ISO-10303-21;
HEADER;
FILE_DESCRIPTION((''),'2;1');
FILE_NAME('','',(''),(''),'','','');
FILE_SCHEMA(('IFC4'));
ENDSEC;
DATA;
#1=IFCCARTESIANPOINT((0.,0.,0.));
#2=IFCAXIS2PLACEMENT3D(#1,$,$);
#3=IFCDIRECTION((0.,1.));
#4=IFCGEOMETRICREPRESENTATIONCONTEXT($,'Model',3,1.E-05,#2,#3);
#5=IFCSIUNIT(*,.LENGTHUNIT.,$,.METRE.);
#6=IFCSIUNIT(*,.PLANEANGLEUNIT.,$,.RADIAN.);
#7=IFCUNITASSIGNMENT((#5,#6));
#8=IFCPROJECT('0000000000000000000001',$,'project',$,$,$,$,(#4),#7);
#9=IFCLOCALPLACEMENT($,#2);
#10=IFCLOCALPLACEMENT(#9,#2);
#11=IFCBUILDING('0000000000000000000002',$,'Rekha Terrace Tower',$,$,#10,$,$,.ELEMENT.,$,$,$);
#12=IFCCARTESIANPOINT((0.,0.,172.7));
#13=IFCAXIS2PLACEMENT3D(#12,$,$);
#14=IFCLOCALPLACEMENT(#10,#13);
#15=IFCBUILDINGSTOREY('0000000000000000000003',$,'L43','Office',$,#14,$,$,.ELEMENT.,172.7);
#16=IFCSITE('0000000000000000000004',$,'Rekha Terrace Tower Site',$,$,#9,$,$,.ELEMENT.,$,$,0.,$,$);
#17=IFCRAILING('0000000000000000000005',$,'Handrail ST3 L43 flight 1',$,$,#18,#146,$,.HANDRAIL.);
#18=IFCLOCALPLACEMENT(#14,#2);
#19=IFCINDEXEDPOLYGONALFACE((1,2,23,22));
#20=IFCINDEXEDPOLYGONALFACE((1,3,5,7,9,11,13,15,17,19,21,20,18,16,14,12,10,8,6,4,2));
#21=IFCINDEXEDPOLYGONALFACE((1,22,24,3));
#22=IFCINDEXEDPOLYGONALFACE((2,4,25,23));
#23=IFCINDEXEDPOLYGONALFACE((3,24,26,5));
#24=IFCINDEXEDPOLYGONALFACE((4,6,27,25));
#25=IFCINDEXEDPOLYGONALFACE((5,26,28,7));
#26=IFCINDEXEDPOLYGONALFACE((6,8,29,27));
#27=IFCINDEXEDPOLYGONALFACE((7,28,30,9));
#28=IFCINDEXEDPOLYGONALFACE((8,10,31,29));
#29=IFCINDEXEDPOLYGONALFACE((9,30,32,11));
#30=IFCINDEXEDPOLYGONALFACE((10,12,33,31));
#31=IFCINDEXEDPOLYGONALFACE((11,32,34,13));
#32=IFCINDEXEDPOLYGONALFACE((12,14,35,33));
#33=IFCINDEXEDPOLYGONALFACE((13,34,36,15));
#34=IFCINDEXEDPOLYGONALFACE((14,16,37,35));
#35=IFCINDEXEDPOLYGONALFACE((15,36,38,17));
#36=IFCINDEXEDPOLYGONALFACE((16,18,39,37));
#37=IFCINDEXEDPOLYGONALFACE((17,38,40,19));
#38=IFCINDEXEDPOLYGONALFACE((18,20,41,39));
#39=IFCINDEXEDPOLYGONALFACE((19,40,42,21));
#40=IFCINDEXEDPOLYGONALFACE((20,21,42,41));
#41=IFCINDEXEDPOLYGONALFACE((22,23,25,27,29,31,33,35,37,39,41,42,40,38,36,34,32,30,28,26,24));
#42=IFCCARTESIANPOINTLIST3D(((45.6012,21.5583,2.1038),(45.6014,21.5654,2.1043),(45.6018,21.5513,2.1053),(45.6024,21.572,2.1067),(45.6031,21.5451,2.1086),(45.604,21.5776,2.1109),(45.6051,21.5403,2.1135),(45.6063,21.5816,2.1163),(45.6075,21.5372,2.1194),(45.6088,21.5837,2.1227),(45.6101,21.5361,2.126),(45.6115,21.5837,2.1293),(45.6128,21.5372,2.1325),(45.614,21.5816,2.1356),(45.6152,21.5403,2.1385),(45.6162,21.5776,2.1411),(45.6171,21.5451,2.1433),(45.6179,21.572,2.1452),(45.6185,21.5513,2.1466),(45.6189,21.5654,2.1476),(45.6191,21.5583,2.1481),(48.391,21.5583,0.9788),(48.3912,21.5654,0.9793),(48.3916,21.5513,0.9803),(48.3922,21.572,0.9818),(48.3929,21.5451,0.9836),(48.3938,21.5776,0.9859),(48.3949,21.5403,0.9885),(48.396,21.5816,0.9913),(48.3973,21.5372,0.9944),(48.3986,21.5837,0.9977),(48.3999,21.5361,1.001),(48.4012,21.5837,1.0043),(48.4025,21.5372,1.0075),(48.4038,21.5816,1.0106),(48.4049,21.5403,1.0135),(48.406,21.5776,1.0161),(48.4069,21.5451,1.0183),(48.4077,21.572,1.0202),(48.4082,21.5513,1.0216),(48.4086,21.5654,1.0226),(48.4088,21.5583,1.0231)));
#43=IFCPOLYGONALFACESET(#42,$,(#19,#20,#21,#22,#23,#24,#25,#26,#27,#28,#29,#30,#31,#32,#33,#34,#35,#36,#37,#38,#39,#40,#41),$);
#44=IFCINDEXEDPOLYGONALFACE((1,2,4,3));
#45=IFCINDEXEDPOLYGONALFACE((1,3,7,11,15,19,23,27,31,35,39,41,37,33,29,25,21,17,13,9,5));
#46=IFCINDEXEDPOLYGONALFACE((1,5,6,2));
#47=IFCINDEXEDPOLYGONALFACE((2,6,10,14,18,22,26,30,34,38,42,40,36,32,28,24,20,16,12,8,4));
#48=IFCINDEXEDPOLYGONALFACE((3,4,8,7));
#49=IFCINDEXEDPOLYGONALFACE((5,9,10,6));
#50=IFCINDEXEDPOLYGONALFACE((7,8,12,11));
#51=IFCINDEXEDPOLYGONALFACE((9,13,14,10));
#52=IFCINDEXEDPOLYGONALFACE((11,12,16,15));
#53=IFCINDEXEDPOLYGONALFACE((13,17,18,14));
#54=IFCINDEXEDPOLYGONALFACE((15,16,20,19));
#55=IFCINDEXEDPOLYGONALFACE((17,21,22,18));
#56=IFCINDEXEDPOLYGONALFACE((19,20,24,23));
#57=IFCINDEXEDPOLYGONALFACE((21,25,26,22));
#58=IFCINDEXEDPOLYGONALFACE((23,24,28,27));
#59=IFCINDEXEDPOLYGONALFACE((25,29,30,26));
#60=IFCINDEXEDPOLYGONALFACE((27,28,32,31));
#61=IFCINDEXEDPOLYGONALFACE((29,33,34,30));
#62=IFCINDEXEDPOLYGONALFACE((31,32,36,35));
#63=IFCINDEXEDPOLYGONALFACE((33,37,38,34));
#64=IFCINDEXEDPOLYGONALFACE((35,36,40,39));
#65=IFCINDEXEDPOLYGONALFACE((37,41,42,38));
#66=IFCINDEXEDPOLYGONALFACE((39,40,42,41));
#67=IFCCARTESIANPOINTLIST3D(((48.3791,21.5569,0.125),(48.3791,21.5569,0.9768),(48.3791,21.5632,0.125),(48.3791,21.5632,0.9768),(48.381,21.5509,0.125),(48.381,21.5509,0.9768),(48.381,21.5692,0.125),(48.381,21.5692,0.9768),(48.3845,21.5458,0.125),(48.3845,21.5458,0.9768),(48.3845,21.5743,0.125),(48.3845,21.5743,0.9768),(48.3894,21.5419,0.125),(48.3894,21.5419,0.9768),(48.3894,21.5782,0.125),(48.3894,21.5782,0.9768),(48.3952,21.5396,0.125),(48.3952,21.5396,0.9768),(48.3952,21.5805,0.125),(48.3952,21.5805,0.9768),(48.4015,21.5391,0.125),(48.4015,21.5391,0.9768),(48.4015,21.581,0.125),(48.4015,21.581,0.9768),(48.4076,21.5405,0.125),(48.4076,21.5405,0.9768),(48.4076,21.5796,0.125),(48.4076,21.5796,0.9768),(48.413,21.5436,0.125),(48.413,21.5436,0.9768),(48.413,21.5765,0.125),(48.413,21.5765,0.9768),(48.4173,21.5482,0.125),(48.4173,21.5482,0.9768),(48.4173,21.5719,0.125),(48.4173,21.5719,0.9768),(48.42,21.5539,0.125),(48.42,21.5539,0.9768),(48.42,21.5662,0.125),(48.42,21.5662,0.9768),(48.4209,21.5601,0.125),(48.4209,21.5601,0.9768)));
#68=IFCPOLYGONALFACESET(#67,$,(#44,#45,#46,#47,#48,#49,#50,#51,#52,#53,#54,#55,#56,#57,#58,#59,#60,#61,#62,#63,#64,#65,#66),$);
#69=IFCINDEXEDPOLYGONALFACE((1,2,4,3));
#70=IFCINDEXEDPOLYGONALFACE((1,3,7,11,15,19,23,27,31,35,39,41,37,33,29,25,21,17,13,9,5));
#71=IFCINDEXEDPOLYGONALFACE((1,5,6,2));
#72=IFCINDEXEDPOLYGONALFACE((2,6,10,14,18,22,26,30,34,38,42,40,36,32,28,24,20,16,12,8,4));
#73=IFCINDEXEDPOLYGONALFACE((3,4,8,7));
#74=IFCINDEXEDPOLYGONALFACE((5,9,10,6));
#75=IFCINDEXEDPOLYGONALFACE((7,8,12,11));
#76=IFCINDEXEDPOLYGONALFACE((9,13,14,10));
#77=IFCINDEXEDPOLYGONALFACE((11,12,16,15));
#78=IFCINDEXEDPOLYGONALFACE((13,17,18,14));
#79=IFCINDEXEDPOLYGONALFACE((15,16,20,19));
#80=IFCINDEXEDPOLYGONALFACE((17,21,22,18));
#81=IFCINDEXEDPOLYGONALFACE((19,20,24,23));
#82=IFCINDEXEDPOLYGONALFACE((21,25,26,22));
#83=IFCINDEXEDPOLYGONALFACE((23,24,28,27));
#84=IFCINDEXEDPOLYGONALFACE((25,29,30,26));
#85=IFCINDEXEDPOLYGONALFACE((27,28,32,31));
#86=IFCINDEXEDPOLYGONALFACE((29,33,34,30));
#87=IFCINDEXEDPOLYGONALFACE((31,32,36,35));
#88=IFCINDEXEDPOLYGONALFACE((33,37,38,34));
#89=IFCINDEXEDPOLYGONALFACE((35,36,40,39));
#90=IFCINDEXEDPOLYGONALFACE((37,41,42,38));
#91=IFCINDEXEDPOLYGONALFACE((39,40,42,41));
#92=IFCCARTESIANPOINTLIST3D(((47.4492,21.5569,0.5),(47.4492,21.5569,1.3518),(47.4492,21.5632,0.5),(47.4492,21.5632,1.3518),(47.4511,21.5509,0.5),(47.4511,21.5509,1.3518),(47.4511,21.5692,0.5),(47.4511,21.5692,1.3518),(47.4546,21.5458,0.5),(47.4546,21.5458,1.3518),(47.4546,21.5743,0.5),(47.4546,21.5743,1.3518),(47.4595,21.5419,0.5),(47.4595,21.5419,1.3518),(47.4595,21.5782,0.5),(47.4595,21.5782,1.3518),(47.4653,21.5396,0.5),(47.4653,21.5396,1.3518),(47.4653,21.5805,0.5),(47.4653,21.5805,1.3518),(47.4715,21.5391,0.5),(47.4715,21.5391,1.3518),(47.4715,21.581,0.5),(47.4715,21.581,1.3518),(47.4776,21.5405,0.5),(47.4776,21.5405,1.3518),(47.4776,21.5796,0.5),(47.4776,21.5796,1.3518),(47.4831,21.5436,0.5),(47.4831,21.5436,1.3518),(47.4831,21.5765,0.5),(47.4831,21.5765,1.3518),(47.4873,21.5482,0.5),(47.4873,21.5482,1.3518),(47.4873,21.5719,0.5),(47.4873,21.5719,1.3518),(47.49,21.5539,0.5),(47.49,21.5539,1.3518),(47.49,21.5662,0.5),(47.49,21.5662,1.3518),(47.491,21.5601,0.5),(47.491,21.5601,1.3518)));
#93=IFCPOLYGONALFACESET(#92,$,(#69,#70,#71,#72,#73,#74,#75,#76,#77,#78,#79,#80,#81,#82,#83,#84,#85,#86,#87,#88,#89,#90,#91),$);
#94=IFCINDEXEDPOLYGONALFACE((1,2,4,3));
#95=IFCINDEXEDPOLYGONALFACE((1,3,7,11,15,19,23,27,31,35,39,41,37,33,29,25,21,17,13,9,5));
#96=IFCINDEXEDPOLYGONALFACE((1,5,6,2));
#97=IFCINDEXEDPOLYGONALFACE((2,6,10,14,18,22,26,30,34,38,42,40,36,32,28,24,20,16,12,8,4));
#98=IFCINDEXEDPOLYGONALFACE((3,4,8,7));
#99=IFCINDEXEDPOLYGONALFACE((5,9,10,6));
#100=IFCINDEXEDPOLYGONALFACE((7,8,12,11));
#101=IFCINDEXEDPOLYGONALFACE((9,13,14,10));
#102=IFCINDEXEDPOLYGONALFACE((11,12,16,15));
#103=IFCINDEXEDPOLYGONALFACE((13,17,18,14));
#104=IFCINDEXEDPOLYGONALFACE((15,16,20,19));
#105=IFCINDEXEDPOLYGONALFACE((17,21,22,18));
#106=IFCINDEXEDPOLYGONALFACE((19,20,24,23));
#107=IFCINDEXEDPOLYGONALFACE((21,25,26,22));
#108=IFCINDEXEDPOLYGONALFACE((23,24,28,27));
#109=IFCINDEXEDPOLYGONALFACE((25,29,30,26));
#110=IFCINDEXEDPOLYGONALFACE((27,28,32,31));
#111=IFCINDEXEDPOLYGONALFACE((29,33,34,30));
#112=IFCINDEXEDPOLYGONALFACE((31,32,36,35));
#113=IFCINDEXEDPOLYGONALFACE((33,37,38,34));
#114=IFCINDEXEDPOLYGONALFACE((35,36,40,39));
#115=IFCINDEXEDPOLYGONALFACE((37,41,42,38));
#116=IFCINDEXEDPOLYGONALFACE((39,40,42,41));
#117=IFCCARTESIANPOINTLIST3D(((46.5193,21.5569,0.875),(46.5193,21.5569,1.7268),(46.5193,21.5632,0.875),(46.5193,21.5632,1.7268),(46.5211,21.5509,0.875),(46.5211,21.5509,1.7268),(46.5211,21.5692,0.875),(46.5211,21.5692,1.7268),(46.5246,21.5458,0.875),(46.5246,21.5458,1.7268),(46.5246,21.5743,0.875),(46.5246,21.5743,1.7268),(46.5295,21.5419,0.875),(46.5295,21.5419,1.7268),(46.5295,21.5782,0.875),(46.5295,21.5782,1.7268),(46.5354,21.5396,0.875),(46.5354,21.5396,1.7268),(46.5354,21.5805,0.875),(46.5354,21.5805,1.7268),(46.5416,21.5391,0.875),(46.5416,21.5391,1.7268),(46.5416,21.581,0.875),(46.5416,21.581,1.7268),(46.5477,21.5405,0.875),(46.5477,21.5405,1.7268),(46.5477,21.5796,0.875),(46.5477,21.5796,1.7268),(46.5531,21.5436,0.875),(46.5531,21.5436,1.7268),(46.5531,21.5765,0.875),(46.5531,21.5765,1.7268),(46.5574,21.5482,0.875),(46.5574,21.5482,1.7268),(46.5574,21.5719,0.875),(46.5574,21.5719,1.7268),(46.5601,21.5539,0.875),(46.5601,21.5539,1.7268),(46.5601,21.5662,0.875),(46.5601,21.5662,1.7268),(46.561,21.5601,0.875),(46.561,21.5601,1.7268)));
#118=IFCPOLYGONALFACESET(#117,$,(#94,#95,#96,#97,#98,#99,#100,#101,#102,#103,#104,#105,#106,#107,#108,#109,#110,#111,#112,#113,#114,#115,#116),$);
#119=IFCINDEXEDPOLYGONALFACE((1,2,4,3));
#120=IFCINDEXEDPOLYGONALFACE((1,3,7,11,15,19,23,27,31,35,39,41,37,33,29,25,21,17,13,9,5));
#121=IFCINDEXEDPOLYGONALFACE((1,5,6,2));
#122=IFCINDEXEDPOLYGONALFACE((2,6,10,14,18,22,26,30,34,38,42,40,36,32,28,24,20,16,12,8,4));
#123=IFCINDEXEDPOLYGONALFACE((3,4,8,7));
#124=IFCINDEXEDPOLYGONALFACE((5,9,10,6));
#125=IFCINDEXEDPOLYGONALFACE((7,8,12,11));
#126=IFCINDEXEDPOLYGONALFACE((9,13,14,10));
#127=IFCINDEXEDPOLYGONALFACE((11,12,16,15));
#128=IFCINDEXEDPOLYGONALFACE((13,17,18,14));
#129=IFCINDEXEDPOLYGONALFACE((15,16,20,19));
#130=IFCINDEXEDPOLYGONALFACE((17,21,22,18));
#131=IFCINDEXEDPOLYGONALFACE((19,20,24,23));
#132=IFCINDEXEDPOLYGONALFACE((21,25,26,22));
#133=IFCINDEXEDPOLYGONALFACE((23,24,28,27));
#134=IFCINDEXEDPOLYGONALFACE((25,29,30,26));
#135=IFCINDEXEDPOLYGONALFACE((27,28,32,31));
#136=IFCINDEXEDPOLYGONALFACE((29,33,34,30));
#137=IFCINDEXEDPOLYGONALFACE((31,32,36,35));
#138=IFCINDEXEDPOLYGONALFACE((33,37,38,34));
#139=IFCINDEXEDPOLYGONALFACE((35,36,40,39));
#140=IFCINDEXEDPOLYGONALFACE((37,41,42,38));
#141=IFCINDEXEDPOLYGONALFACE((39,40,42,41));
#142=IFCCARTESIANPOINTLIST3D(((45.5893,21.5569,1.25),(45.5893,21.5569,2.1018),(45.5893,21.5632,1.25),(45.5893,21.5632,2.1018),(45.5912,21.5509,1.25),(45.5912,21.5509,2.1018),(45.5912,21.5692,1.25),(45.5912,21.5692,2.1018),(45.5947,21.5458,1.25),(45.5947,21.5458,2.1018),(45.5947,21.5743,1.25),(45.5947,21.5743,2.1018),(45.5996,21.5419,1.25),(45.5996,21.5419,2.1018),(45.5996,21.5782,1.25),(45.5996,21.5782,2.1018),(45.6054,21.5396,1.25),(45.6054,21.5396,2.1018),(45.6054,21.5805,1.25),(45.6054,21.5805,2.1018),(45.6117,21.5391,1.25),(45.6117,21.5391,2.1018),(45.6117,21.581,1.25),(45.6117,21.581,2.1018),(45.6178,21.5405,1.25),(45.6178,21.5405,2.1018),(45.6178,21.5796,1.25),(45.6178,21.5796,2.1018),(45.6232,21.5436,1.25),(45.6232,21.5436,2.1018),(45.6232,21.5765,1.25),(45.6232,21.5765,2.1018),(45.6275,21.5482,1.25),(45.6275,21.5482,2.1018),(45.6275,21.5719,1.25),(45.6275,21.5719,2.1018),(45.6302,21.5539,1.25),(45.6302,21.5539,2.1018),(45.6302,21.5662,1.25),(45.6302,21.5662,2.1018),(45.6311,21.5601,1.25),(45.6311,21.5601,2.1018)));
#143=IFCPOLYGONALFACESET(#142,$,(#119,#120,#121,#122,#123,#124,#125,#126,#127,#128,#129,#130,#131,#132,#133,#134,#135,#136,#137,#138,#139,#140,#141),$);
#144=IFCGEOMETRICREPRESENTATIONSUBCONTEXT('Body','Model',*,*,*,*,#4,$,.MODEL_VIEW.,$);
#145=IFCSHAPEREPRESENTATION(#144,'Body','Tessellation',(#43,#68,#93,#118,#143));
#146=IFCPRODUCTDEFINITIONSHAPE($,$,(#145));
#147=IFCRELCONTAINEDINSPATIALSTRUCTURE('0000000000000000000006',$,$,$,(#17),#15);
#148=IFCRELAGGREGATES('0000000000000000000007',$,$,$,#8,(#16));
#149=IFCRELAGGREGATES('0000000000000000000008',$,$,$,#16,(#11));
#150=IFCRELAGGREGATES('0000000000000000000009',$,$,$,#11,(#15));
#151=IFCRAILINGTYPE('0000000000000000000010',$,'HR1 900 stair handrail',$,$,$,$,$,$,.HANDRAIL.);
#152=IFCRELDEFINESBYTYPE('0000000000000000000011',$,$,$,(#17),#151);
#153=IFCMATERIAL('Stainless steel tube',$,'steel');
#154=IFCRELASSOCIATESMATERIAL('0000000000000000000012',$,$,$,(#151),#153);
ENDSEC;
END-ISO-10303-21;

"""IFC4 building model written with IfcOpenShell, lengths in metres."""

from ifc_helpers import new_model, si_unit, direction, frame, origin, origin_2d, place, context, subcontext, project, spatial, circle, extrude, material, type_object, element, save


model = new_model("IFC4")

# Units and contexts
model_context = context("Model", 3, precision=1e-05, world=origin(), true_north=direction((0.0, 1.0)))
body_context = subcontext(model_context, "Body", "Model", "MODEL_VIEW")
ifc_project = project(units=[si_unit("LENGTHUNIT", "METRE"), si_unit("PLANEANGLEUNIT", "RADIAN")], contexts=[model_context])

# Site, building, storey
site_placement = place(None, origin())
site = spatial("IfcSite", under=ifc_project, at=site_placement, Name="Rekha Terrace Tower Site", CompositionType="ELEMENT", RefElevation=0.0)
building_placement = place(site_placement, origin())
building = spatial("IfcBuilding", under=site, at=building_placement, Name="Rekha Terrace Tower", CompositionType="ELEMENT")
storey_placement = place(building_placement, frame((0.0, 0.0, 172.7)))
storey = spatial("IfcBuildingStorey", under=building, at=storey_placement, Name="L43", Description="Office", CompositionType="ELEMENT", Elevation=172.7)

# Railing
ifc_material_1 = material(Name="Stainless steel tube", Category="steel")
railing_type_1 = type_object("IfcRailingType", Name="HR1 900 stair handrail", PredefinedType="HANDRAIL", material=ifc_material_1)
railing_1_placement = place(storey_placement, frame((48.3999, 21.5601, 0.125)))
element("IfcRailing", 1, at=railing_1_placement, inside=storey, type_object=railing_type_1, Name="Handrail ST3 L43 flight 1", PredefinedType="HANDRAIL", context=body_context, shape_type="SweptSolid", body=[
    extrude(circle(Radius=0.0239, at=origin_2d()), frame((0.0, 0.0, 0.876), z_axis=(-0.927432, 0.0, 0.373992), x_axis=(0.0, -1.0, 0.0)), (0.0, 0.0, 1.0), 3.0081),
    extrude(circle(Radius=0.021, at=origin_2d()), origin(), (0.0, 0.0, 1.0), 0.8518),
    extrude(circle(Radius=0.021, at=origin_2d()), frame((-0.9299, 0.0, 0.375)), (0.0, 0.0, 1.0), 0.8518),
    extrude(circle(Radius=0.021, at=origin_2d()), frame((-1.8599, 0.0, 0.75)), (0.0, 0.0, 1.0), 0.8518),
    extrude(circle(Radius=0.021, at=origin_2d()), frame((-2.7898, 0.0, 1.125)), (0.0, 0.0, 1.0), 0.8518),
])

save(model, "model.ifc")
